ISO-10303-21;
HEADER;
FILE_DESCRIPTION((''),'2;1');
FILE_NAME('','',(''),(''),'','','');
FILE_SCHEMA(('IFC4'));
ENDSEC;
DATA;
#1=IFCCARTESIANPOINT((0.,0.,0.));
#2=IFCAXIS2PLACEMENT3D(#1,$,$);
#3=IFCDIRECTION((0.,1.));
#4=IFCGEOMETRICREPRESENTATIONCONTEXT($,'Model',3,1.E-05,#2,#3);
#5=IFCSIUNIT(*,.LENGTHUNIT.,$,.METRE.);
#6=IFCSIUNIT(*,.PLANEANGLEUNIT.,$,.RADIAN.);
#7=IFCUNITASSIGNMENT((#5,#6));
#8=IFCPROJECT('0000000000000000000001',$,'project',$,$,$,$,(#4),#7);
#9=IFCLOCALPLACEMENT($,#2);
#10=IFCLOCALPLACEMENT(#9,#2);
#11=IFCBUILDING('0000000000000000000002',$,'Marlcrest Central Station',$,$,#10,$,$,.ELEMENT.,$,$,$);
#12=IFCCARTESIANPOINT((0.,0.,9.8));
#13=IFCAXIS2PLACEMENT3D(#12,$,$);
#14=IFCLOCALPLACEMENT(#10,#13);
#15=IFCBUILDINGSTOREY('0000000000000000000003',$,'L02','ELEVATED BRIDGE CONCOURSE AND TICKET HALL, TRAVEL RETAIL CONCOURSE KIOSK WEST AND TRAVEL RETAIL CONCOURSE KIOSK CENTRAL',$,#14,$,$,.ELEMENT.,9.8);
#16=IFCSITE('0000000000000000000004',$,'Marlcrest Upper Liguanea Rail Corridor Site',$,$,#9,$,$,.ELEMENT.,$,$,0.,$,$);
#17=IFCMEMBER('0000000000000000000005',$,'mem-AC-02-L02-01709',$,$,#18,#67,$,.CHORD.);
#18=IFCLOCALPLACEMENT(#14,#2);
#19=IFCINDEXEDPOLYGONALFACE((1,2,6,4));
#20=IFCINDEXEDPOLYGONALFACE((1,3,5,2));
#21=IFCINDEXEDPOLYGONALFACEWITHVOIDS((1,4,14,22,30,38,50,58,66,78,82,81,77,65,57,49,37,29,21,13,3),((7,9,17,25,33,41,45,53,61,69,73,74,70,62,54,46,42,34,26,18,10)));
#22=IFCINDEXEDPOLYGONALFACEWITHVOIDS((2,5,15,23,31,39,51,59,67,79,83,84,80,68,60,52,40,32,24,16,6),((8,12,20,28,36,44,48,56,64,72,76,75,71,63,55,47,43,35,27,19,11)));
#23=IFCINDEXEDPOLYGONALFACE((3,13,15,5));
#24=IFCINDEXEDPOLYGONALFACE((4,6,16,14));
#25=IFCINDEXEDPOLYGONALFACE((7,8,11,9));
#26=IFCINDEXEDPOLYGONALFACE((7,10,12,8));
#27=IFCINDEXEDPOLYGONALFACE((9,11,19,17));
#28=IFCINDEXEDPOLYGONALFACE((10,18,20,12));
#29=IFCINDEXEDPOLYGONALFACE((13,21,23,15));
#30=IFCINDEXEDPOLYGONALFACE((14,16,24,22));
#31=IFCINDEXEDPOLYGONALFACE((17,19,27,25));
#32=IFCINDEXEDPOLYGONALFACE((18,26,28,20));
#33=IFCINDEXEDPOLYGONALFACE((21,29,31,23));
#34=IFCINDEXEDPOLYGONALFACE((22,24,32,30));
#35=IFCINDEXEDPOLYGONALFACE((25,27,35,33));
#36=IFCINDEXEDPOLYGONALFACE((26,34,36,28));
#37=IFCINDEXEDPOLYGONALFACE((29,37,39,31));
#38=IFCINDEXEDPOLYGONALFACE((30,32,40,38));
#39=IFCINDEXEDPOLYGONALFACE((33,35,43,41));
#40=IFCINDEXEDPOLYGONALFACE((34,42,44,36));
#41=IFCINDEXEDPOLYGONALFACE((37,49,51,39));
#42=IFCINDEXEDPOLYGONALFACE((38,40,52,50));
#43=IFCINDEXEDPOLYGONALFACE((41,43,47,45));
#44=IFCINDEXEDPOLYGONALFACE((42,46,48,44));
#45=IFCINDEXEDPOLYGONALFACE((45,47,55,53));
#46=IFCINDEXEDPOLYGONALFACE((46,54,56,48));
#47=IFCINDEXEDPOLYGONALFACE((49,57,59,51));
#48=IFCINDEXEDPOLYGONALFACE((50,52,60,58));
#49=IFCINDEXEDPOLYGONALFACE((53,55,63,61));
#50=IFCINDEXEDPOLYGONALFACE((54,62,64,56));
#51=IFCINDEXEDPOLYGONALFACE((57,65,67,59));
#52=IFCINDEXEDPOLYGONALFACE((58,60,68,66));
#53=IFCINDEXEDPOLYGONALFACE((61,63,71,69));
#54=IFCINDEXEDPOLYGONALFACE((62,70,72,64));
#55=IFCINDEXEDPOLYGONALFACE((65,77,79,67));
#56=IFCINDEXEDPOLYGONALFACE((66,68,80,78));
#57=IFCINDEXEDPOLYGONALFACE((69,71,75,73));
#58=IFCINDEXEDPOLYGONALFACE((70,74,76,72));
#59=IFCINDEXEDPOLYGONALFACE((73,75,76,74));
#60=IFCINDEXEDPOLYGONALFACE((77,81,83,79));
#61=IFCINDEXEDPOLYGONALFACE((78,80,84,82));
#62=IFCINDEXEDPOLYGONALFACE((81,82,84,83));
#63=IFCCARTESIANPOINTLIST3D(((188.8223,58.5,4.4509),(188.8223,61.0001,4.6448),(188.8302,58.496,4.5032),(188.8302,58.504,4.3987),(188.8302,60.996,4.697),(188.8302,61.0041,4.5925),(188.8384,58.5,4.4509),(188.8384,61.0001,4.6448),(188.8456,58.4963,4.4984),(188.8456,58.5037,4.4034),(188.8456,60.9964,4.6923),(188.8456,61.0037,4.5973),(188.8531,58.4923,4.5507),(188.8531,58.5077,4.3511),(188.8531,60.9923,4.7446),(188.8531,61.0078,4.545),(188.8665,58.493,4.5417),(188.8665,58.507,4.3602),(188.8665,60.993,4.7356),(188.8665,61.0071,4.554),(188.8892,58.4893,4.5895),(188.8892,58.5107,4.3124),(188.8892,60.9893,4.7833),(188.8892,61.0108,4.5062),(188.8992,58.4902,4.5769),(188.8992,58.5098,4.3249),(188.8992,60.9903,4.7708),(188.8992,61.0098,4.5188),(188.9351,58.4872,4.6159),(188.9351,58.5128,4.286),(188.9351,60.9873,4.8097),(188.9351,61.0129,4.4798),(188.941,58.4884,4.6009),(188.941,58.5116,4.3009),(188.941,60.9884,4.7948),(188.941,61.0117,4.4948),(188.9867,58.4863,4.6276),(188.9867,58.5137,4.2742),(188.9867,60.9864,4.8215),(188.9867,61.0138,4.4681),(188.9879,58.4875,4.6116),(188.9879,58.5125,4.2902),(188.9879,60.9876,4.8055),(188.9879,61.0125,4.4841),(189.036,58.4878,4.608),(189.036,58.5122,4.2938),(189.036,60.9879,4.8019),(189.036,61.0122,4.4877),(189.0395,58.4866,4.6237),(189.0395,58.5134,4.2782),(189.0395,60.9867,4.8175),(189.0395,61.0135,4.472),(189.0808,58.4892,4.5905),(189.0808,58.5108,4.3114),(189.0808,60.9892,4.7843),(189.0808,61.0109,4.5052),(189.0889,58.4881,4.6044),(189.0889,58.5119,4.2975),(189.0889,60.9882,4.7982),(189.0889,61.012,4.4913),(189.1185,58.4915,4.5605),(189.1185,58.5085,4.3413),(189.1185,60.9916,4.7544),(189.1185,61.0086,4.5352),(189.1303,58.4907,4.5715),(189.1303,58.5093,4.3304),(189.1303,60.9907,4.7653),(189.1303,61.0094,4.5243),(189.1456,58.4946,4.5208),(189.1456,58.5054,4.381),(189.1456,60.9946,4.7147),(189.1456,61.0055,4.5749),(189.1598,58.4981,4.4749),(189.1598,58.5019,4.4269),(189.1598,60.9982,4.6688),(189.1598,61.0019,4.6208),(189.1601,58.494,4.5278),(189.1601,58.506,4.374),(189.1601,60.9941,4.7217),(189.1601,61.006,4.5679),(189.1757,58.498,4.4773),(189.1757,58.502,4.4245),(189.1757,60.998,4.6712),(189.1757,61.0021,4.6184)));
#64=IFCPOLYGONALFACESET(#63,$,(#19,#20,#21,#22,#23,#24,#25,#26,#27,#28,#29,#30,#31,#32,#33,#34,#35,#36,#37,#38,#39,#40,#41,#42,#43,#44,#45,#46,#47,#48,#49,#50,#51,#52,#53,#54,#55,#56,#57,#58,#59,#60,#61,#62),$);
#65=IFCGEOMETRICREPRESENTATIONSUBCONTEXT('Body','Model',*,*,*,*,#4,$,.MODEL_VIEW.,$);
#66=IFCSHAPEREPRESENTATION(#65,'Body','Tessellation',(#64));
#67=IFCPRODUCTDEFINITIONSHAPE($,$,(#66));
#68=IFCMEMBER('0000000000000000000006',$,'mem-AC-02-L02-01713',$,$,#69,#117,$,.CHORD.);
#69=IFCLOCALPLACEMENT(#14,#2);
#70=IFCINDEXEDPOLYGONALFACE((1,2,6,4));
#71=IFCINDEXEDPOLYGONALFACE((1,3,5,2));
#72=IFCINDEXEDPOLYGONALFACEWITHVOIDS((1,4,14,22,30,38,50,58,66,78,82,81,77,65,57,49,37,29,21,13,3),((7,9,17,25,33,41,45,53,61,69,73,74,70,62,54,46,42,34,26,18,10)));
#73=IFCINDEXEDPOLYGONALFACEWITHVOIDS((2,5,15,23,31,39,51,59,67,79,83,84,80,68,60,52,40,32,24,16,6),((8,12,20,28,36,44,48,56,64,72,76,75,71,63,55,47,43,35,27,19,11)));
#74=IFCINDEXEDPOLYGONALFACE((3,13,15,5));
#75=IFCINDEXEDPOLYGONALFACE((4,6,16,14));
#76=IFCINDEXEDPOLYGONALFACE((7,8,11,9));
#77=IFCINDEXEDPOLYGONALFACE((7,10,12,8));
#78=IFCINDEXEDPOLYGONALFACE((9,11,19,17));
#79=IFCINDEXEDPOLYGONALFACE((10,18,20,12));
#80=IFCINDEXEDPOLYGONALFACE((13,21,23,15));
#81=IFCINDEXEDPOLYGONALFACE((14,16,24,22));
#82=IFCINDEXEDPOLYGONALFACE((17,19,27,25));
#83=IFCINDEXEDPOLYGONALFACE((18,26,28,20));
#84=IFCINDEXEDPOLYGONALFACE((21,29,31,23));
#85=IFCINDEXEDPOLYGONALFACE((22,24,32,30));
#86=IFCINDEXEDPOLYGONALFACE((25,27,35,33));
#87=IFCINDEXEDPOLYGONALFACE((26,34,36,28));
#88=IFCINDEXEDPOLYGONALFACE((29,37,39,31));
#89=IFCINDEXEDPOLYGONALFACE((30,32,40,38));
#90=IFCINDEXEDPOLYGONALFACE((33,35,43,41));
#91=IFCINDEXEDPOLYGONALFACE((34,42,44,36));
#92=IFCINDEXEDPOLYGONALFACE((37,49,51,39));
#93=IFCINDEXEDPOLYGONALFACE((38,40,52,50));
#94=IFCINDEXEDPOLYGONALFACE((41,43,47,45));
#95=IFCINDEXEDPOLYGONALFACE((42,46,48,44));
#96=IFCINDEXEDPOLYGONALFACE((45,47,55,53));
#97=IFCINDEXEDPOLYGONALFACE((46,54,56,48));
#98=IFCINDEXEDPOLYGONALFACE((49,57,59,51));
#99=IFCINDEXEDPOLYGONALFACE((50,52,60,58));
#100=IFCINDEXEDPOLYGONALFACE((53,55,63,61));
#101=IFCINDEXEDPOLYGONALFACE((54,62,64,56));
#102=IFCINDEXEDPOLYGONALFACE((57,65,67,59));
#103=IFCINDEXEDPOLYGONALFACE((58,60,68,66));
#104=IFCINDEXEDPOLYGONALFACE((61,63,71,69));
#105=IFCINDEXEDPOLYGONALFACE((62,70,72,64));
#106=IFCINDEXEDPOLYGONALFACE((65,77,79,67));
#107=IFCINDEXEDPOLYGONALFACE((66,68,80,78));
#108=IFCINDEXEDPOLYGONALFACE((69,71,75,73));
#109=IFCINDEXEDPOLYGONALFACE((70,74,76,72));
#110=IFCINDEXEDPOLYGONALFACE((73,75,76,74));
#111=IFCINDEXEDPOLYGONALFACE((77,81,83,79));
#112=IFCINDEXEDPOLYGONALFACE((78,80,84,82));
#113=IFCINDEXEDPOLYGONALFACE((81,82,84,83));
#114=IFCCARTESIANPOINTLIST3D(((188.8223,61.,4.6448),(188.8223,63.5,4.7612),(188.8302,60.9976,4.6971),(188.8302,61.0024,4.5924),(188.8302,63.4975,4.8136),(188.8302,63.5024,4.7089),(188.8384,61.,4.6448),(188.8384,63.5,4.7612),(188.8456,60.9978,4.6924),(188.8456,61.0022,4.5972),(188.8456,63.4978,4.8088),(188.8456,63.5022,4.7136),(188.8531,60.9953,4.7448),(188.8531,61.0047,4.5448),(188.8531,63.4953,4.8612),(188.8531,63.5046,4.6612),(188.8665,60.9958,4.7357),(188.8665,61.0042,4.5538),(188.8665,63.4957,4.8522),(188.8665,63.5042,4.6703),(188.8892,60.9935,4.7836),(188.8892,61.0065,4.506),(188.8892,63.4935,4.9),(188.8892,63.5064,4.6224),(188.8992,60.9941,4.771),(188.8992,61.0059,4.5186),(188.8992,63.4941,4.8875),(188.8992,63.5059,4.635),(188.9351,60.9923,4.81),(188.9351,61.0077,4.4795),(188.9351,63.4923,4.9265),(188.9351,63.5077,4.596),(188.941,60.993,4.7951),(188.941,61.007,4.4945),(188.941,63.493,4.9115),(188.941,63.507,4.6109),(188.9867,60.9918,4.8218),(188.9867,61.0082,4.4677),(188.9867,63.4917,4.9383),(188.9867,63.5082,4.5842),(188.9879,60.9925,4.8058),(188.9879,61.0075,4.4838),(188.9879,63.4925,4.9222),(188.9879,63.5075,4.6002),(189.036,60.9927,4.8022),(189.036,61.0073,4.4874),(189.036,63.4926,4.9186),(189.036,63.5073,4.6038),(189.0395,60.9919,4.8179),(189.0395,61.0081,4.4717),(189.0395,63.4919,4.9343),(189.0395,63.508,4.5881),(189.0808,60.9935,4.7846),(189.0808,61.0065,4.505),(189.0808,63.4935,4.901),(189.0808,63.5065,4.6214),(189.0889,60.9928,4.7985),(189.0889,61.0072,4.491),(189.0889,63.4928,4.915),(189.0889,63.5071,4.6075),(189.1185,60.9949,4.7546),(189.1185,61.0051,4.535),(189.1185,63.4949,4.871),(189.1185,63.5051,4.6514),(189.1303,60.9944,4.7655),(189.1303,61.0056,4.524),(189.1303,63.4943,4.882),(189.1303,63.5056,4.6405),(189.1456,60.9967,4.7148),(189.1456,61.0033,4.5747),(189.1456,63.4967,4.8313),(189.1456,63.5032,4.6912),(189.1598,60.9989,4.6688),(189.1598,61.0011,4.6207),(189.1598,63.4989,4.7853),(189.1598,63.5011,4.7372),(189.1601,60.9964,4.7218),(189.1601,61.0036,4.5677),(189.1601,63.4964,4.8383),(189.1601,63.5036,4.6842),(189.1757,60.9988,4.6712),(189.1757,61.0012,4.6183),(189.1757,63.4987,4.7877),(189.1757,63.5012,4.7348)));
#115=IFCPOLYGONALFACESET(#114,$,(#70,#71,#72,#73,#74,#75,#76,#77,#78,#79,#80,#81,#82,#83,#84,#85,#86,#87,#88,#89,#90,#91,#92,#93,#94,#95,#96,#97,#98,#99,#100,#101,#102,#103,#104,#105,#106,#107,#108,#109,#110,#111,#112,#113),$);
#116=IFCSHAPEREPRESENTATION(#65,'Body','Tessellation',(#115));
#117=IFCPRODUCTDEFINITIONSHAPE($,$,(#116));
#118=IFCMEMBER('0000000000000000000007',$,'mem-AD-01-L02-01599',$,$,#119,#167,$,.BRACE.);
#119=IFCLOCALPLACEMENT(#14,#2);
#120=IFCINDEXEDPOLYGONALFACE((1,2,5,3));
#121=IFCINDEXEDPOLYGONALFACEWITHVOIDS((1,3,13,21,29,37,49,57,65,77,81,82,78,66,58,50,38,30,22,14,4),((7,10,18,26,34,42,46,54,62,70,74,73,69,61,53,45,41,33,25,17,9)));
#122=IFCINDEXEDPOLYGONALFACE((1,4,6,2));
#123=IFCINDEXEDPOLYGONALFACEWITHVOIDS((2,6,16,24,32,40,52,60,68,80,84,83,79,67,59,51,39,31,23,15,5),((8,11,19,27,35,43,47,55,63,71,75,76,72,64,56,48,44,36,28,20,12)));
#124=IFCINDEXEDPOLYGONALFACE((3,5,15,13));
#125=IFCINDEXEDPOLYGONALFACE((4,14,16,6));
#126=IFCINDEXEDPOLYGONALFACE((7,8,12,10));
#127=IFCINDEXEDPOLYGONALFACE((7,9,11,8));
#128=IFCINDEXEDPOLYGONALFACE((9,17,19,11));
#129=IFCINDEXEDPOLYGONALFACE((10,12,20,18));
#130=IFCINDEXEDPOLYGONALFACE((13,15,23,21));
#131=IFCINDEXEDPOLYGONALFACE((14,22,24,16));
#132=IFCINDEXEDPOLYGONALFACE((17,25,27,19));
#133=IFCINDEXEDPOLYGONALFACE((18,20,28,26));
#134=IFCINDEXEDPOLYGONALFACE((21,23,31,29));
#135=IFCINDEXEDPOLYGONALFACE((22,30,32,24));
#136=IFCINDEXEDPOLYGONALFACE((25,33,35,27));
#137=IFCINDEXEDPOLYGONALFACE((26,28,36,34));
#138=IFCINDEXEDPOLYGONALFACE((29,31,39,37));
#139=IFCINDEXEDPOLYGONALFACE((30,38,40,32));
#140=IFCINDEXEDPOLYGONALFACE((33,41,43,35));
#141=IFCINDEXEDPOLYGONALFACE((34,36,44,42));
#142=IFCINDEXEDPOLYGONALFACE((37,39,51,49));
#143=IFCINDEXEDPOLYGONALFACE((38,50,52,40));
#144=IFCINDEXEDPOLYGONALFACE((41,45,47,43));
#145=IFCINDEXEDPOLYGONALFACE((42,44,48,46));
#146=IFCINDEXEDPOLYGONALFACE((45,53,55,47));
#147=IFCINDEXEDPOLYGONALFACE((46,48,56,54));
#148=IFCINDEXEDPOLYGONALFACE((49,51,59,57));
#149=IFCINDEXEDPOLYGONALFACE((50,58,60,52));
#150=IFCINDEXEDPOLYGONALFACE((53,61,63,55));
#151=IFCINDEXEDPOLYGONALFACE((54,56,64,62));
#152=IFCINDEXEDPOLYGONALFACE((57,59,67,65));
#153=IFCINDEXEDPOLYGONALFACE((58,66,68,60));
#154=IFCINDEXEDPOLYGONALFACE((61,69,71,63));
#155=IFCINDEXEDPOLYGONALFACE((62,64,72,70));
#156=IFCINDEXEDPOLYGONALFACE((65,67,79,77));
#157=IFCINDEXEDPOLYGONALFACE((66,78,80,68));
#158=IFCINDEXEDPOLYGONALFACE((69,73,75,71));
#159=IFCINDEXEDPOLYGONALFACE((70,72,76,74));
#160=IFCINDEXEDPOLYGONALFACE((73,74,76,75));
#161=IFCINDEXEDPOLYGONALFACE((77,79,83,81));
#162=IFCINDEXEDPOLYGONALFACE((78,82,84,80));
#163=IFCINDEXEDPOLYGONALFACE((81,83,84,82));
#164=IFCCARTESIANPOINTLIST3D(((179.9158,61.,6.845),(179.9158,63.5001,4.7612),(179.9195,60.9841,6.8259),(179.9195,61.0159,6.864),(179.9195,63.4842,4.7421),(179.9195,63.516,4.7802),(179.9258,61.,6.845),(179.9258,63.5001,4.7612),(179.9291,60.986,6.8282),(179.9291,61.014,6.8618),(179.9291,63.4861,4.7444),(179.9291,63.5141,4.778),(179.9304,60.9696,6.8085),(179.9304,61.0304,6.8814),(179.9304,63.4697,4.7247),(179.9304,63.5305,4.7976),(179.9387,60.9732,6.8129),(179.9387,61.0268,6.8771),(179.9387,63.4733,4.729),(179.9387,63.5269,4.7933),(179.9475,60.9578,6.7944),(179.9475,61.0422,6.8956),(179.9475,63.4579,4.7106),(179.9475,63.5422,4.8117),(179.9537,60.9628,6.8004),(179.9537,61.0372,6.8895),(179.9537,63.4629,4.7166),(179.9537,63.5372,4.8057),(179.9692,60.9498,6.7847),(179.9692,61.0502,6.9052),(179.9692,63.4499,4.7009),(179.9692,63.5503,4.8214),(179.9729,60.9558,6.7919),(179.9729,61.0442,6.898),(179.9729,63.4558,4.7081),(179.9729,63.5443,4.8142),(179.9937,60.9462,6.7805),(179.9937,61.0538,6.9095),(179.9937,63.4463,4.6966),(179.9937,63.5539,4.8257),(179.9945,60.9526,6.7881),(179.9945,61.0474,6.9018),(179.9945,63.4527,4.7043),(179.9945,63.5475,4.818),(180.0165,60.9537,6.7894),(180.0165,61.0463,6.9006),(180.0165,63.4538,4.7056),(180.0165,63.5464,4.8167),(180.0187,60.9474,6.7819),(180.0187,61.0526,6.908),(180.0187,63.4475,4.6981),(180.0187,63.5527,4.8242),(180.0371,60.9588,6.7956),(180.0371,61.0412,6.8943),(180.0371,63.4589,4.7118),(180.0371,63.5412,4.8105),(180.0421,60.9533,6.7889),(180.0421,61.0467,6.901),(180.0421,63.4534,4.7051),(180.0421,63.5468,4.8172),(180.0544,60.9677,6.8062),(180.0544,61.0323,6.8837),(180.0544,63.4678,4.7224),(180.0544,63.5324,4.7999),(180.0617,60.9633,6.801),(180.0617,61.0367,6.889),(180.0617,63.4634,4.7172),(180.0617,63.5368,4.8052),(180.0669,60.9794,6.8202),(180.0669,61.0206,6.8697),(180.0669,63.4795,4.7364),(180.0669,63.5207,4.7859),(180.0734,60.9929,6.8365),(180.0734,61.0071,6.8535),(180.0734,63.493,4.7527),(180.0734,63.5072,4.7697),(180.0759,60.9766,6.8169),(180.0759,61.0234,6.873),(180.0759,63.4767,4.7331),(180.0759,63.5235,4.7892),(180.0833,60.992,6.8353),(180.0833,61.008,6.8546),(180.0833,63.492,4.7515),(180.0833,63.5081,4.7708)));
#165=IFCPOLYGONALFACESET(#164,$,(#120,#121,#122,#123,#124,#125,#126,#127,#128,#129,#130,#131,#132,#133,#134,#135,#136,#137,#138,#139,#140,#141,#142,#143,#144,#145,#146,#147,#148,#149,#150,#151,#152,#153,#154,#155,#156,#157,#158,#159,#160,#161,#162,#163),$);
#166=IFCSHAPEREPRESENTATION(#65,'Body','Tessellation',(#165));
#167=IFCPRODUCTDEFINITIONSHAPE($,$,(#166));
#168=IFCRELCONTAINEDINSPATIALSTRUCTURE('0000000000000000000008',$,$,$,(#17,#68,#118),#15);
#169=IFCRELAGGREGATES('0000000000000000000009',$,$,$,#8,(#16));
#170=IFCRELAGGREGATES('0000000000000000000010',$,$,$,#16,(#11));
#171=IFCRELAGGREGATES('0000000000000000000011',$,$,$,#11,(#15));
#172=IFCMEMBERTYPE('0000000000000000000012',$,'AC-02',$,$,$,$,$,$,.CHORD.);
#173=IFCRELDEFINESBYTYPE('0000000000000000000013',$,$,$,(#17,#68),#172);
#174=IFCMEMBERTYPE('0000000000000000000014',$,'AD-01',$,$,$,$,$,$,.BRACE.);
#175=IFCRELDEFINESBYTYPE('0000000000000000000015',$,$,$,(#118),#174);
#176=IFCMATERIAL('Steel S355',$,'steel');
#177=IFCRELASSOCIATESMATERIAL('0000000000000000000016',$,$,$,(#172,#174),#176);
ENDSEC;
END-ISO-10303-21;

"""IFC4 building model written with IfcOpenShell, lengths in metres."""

from ifc_helpers import new_model, si_unit, direction, frame, origin, origin_2d, place, context, subcontext, project, spatial, hollow_circle, extrude, material, material_profile, profile_set, type_object, element, save


model = new_model("IFC4")

# Units and contexts
model_context = context("Model", 3, precision=1e-05, world=origin(), true_north=direction((0.0, 1.0)))
body_context = subcontext(model_context, "Body", "Model", "MODEL_VIEW")
ifc_project = project(units=[si_unit("LENGTHUNIT", "METRE"), si_unit("PLANEANGLEUNIT", "RADIAN")], contexts=[model_context])

# Site, building, storey
site_placement = place(None, origin())
site = spatial("IfcSite", under=ifc_project, at=site_placement, Name="Marlcrest Upper Liguanea Rail Corridor Site", CompositionType="ELEMENT", RefElevation=0.0)
building_placement = place(site_placement, origin())
building = spatial("IfcBuilding", under=site, at=building_placement, Name="Marlcrest Central Station", CompositionType="ELEMENT")
storey_placement = place(building_placement, frame((0.0, 0.0, 9.8)))
storey = spatial("IfcBuildingStorey", under=building, at=storey_placement, Name="L02", Description="ELEVATED BRIDGE CONCOURSE AND TICKET HALL, TRAVEL RETAIL CONCOURSE KIOSK WEST AND TRAVEL RETAIL CONCOURSE KIOSK CENTRAL", CompositionType="ELEMENT", Elevation=9.8)

# Members
ifc_material = material(Name="Steel S355", Category="steel")
ifc_material_profile_1 = material_profile(ifc_material, hollow_circle(Radius=0.1777, WallThickness=0.0161, at=origin_2d()), Name="CHS 355.6x16")
ifc_profile_set_1 = profile_set([ifc_material_profile_1], Name="Steel S355")
member_type_1 = type_object("IfcMemberType", Name="AC-02", PredefinedType="CHORD", material=ifc_profile_set_1)
member_1_placement = place(storey_placement, frame((189.0, 58.5, 4.4509), z_axis=(0.0, 0.997007, 0.077307), x_axis=(-1.0, 0.0, 0.0)))
element("IfcMember", 1, at=member_1_placement, inside=storey, type_object=member_type_1, Name="mem-AC-02-L02-01709", PredefinedType="CHORD", context=body_context, shape_type="SweptSolid", body=[
    extrude(hollow_circle(Radius=0.1777, WallThickness=0.0161, at=origin_2d()), origin(), (0.0, 0.0, 1.0), 2.5076),
])
member_2_placement = place(storey_placement, frame((189.0, 61.0, 4.6448), z_axis=(0.0, 0.998917, 0.046532), x_axis=(-1.0, 0.0, 0.0)))
element("IfcMember", 2, at=member_2_placement, inside=storey, type_object=member_type_1, Name="mem-AC-02-L02-01713", PredefinedType="CHORD", context=body_context, shape_type="SweptSolid", body=[
    extrude(hollow_circle(Radius=0.1777, WallThickness=0.0161, at=origin_2d()), origin(), (0.0, 0.0, 1.0), 2.5027),
])
ifc_material_profile_2 = material_profile(ifc_material, hollow_circle(Radius=0.0842, WallThickness=0.01, at=origin_2d()), Name="CHS 168.3x10")
ifc_profile_set_2 = profile_set([ifc_material_profile_2], Name="Steel S355")
member_type_2 = type_object("IfcMemberType", Name="AD-01", PredefinedType="BRACE", material=ifc_profile_set_2)
member_3_placement = place(storey_placement, frame((180.0, 61.0, 6.845), z_axis=(0.0, 0.76816, -0.640258), x_axis=(-1.0, 0.0, 0.0)))
element("IfcMember", 3, at=member_3_placement, inside=storey, type_object=member_type_2, Name="mem-AD-01-L02-01599", PredefinedType="BRACE", context=body_context, shape_type="SweptSolid", body=[
    extrude(hollow_circle(Radius=0.0842, WallThickness=0.01, at=origin_2d()), origin(), (0.0, 0.0, 1.0), 3.2546),
])

save(model, "model.ifc")
